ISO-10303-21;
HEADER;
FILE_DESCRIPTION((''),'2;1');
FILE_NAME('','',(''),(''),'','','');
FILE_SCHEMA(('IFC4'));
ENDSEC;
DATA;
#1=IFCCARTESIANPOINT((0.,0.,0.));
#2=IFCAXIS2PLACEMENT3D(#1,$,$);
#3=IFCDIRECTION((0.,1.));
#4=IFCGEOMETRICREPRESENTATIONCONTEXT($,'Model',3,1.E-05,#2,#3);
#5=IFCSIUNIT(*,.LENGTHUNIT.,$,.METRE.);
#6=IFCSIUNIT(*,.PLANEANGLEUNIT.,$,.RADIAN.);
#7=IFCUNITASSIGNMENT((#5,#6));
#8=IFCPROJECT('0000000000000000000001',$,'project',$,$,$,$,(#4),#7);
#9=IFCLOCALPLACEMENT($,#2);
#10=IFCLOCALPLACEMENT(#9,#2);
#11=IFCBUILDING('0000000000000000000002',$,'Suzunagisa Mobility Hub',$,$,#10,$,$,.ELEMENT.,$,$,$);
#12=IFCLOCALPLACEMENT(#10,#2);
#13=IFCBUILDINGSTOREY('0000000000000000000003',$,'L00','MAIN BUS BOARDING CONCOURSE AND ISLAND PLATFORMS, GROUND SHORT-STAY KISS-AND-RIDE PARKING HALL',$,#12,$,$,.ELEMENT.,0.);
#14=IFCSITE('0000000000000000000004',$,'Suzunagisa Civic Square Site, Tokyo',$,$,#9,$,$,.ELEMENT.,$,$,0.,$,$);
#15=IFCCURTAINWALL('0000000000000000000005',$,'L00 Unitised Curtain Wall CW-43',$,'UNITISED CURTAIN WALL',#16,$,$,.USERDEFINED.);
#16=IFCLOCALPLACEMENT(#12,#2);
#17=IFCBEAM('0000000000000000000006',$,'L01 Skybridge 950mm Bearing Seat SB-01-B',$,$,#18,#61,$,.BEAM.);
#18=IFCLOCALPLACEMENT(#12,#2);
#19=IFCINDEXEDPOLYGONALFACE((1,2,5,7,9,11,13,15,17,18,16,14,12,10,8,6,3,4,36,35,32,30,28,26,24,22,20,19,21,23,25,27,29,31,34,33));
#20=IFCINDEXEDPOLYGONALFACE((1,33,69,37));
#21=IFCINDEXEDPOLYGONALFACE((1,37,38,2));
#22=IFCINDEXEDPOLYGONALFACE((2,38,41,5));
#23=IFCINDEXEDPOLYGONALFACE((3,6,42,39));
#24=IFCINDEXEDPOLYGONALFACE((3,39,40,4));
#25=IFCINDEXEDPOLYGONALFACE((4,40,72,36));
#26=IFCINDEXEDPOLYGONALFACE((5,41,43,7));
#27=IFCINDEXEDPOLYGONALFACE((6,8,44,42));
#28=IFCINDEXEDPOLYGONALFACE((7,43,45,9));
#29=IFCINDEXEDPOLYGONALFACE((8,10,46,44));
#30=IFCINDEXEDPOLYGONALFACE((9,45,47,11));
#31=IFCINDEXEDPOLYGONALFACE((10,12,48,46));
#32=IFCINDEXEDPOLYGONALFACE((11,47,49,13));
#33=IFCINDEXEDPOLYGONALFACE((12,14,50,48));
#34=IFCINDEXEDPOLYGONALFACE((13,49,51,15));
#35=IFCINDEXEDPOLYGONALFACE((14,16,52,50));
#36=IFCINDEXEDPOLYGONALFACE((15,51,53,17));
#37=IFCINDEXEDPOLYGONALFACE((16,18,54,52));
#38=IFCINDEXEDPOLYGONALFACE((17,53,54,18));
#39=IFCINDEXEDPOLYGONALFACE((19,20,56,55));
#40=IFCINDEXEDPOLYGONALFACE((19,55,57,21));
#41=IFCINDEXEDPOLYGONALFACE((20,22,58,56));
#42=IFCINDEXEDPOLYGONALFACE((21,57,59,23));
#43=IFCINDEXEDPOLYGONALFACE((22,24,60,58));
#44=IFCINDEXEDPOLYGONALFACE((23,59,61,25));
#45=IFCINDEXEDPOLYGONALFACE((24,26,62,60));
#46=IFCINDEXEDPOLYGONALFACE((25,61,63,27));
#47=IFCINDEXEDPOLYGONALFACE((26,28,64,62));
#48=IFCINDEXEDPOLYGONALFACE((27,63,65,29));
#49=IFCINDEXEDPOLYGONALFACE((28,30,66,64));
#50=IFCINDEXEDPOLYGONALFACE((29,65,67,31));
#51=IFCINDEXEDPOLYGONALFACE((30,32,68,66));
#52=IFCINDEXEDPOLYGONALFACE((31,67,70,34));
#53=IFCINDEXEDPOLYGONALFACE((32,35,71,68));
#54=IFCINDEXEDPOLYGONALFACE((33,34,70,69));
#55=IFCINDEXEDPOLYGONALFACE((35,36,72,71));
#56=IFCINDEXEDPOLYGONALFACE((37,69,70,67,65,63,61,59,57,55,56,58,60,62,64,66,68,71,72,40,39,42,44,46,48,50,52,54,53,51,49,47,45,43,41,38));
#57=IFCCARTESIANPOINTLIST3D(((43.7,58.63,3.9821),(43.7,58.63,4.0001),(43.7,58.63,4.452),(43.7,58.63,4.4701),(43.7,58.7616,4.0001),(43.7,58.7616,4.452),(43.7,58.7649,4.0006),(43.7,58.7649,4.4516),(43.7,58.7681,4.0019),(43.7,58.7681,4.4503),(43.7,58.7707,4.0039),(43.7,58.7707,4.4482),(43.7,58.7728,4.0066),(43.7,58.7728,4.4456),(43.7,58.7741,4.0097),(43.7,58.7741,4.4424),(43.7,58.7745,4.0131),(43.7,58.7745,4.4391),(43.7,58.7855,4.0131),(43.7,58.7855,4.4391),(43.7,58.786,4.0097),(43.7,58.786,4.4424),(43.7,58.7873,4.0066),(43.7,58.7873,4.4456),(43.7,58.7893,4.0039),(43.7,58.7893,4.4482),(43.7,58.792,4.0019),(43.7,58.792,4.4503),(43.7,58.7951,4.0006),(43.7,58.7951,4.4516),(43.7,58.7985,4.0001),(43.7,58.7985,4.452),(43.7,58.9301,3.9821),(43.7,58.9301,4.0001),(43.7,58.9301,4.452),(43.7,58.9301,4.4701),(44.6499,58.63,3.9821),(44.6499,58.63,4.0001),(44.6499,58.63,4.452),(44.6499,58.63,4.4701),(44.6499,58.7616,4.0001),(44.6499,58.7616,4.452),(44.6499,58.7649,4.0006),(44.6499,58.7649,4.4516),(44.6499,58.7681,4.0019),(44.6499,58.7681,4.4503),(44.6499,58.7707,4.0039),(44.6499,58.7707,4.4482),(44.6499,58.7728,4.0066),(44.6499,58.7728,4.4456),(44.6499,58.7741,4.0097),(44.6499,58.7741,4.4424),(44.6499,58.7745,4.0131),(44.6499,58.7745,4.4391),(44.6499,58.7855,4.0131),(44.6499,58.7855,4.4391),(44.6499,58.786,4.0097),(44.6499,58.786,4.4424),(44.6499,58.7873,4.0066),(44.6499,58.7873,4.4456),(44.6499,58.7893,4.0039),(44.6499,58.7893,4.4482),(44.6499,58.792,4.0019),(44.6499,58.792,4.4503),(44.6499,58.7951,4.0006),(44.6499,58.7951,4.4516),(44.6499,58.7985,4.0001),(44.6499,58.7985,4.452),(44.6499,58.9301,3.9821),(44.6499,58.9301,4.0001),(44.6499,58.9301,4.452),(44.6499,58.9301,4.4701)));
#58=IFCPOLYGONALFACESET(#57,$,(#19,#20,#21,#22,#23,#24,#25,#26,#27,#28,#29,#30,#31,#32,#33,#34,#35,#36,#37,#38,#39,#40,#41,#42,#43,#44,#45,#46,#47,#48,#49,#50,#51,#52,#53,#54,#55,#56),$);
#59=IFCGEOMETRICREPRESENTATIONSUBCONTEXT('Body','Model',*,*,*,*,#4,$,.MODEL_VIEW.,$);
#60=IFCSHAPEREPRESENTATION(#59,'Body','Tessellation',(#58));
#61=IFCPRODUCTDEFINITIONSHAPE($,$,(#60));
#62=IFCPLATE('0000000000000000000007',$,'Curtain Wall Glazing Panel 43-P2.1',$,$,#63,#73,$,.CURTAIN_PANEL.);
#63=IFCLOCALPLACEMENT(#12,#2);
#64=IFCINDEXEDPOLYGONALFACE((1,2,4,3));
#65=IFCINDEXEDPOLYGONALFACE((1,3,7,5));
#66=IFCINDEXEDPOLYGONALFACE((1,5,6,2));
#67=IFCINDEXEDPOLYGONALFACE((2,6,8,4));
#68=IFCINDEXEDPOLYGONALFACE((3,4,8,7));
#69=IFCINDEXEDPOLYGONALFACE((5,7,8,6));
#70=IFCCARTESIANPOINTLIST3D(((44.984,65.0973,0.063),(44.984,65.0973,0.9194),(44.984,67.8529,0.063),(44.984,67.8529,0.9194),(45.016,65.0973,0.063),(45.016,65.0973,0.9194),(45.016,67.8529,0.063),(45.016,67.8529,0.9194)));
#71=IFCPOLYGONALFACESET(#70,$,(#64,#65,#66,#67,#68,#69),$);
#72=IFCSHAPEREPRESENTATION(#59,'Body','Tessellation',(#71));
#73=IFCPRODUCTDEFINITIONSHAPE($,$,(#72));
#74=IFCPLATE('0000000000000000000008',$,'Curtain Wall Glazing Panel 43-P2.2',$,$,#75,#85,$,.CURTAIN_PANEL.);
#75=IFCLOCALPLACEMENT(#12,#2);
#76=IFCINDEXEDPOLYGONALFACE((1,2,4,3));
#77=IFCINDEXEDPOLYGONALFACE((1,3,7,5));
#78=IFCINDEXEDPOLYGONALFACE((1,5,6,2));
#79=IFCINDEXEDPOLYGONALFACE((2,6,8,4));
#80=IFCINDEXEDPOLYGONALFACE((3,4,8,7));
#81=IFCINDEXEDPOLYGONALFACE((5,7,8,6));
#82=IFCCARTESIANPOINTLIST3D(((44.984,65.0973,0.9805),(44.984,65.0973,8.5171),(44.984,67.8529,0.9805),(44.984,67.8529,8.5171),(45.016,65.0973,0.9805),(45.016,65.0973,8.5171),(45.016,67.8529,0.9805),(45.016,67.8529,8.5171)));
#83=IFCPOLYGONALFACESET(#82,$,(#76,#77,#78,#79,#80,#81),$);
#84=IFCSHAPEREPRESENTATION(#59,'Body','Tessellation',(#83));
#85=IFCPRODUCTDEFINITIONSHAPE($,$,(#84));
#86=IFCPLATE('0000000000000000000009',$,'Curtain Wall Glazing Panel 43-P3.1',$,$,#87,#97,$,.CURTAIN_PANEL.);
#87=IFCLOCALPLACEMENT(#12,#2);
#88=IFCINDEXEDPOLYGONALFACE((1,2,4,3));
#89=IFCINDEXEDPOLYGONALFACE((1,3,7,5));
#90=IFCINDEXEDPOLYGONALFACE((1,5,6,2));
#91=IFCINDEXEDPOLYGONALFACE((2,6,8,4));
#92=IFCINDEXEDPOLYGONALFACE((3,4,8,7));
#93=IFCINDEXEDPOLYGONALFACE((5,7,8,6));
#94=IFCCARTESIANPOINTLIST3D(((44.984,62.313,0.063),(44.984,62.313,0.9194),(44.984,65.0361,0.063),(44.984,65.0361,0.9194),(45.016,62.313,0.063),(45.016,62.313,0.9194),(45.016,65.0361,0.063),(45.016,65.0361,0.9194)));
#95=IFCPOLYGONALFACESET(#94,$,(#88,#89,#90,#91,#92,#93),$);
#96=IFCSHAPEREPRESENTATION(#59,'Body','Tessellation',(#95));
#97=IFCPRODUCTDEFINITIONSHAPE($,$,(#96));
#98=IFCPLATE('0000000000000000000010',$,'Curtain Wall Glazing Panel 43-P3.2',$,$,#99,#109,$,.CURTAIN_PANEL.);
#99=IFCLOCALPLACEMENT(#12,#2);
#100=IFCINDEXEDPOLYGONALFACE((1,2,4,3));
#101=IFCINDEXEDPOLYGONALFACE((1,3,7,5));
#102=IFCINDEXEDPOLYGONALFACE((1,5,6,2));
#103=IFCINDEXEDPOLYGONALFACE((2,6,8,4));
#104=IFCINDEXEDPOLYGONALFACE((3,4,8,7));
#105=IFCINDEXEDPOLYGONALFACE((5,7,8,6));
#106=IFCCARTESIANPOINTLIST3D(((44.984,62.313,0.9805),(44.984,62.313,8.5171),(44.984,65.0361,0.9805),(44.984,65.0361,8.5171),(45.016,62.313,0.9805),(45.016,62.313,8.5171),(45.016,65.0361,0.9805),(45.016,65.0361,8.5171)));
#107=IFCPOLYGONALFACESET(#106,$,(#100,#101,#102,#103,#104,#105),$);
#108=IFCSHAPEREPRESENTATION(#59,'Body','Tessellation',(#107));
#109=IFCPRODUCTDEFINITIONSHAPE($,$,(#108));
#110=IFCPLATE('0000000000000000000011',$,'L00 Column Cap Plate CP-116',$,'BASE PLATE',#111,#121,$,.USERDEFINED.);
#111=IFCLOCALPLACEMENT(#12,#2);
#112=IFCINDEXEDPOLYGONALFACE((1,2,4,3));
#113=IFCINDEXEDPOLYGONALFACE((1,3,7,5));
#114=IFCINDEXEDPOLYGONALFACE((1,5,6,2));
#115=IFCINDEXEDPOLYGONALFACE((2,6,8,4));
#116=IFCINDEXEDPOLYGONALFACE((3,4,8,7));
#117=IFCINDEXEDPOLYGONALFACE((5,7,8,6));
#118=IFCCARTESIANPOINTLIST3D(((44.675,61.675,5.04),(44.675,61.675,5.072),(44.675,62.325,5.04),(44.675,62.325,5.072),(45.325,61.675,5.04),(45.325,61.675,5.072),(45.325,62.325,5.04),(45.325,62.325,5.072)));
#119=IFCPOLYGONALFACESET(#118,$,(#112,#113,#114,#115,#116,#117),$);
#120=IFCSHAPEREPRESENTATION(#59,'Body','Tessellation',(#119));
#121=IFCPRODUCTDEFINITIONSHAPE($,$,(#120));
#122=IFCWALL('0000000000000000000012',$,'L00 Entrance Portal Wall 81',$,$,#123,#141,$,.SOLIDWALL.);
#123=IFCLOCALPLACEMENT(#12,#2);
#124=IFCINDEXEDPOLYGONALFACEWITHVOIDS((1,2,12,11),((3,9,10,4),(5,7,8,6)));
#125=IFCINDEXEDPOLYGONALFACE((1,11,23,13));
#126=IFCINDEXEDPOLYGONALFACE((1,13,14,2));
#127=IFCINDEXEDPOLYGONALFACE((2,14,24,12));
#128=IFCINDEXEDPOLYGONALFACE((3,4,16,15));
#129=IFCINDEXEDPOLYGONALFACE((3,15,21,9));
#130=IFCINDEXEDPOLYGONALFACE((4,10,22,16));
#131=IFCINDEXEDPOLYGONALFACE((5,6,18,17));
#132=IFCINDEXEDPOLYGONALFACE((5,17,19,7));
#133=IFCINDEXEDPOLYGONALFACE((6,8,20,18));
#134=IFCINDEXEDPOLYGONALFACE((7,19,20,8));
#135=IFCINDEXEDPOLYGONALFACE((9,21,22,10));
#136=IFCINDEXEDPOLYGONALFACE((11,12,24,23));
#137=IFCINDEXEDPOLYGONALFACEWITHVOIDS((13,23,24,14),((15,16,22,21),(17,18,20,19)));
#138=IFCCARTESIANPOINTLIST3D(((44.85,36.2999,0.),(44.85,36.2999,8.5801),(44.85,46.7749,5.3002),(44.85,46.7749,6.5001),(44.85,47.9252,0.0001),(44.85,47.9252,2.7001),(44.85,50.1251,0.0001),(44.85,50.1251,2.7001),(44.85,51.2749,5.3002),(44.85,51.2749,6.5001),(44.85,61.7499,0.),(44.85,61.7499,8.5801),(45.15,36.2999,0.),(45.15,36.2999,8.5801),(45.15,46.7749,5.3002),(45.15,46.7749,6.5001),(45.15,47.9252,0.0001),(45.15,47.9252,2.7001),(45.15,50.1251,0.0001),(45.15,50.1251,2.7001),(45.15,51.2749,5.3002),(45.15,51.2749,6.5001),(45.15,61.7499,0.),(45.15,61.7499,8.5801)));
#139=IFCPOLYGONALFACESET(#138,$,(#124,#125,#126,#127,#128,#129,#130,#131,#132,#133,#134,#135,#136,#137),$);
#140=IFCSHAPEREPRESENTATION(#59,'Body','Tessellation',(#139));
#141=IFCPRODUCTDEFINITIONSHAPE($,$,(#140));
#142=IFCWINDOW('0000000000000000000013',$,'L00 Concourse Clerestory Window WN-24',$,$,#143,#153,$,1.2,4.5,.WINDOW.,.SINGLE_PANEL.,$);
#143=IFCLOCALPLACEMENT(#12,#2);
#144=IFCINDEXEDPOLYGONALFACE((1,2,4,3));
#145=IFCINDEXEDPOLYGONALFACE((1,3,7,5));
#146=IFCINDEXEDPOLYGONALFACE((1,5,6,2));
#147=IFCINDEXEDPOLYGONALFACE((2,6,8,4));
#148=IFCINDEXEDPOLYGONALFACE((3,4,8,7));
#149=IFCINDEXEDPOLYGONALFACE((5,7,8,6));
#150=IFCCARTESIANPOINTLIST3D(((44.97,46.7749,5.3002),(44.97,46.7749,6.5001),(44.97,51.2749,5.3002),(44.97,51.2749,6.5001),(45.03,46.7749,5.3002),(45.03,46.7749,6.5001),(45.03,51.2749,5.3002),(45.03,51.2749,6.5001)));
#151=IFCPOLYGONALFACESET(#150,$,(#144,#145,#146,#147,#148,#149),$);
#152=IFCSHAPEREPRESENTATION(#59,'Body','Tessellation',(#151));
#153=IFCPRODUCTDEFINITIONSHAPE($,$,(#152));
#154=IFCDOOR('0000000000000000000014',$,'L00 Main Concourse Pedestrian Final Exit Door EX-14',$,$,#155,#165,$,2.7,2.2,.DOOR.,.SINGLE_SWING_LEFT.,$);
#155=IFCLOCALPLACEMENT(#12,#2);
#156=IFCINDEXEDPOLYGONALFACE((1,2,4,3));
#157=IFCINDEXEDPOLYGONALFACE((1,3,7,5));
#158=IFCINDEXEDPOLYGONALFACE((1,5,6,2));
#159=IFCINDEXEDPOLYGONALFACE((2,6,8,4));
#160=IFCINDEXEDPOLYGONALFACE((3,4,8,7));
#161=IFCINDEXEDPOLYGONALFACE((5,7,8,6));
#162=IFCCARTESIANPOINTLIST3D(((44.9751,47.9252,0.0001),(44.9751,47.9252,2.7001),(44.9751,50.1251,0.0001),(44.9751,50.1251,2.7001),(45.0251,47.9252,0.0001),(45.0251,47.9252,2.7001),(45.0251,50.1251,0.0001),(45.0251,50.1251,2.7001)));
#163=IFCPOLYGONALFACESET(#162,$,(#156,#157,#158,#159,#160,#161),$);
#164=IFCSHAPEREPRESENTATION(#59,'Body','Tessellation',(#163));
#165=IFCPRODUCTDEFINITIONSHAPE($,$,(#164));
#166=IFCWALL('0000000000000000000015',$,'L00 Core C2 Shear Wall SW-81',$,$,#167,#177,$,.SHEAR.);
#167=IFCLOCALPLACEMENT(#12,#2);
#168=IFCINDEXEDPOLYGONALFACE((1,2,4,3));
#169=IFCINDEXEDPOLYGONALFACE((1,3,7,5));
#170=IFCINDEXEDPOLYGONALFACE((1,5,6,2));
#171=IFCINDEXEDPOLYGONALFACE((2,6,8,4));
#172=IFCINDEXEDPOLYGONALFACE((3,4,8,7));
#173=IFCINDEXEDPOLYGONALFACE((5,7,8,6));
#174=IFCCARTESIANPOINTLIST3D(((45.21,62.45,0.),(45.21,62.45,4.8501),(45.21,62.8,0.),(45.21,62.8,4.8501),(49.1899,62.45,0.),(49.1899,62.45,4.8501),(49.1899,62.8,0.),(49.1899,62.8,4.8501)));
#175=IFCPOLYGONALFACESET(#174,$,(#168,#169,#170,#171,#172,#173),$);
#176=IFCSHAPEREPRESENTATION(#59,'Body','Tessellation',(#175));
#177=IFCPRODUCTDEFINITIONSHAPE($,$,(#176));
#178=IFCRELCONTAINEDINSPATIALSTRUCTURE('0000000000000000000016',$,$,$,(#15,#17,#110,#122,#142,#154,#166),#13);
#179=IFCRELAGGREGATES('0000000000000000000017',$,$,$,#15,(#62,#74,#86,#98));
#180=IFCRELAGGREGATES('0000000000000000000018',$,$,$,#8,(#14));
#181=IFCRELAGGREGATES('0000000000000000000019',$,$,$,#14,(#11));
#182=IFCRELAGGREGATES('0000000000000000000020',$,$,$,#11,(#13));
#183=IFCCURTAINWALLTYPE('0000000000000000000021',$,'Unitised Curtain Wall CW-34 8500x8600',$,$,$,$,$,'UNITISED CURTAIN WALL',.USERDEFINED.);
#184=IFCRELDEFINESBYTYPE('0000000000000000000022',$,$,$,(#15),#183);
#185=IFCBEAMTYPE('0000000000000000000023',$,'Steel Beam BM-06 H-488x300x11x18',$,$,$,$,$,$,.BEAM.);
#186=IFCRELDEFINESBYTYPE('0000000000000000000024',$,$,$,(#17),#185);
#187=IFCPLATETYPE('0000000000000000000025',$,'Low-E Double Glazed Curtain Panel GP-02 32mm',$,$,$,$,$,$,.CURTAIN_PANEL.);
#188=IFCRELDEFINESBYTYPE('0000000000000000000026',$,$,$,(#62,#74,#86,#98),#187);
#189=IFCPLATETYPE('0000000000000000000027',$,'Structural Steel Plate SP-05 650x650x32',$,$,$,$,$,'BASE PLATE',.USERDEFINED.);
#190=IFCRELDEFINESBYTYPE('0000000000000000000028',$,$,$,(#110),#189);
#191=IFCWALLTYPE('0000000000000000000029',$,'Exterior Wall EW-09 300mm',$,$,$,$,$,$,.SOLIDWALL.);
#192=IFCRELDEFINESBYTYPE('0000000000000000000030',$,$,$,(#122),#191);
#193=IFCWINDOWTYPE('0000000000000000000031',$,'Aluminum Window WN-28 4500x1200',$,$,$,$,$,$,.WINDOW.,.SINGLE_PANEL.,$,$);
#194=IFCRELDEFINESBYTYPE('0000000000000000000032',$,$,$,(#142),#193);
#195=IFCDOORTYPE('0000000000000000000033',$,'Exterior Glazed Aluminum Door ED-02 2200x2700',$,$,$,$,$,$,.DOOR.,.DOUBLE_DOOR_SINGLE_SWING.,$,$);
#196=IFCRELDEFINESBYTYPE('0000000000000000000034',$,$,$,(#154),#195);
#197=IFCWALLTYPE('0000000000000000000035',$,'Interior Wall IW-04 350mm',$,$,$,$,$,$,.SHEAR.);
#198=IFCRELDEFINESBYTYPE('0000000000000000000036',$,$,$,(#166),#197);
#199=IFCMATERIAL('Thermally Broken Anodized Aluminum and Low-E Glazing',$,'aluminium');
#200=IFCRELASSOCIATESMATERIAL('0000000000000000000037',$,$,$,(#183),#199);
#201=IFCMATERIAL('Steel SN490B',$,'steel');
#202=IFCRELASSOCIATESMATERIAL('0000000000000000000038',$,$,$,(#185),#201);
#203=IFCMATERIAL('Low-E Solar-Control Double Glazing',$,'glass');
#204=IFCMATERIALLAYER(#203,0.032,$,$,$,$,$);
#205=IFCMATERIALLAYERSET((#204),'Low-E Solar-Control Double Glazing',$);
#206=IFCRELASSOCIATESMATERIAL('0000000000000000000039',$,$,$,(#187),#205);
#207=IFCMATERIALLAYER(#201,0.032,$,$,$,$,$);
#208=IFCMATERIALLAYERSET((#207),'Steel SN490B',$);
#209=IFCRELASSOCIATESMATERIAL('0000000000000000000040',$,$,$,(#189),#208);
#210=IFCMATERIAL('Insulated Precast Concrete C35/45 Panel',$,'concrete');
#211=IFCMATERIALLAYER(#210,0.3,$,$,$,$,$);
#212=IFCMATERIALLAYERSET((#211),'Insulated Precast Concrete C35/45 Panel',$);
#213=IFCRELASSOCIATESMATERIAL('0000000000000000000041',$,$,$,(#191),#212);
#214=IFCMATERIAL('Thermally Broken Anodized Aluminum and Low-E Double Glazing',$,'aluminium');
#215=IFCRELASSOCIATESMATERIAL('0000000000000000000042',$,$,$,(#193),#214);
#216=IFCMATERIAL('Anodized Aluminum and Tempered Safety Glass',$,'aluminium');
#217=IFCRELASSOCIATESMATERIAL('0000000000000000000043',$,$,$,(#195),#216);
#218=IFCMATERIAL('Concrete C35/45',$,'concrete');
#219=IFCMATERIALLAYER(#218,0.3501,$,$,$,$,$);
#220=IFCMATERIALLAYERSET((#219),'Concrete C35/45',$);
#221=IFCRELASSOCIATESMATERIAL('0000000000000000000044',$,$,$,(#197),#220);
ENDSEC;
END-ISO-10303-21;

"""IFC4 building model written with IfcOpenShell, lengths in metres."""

from ifc_helpers import new_model, si_unit, direction, frame, frame_2d, origin, origin_2d, place, context, subcontext, project, spatial, rectangle, i_section, extrude, material, layer, layer_set, material_profile, profile_set, type_object, element, fill, aggregate, save


model = new_model("IFC4")

# Units and contexts
model_context = context("Model", 3, precision=1e-05, world=origin(), true_north=direction((0.0, 1.0)))
body_context = subcontext(model_context, "Body", "Model", "MODEL_VIEW")
ifc_project = project(units=[si_unit("LENGTHUNIT", "METRE"), si_unit("PLANEANGLEUNIT", "RADIAN")], contexts=[model_context])

# Site, building, storey
site_placement = place(None, origin())
site = spatial("IfcSite", under=ifc_project, at=site_placement, Name="Suzunagisa Civic Square Site, Tokyo", CompositionType="ELEMENT", RefElevation=0.0)
building_placement = place(site_placement, origin())
building = spatial("IfcBuilding", under=site, at=building_placement, Name="Suzunagisa Mobility Hub", CompositionType="ELEMENT")
storey_placement = place(building_placement, origin())
storey = spatial("IfcBuildingStorey", under=building, at=storey_placement, Name="L00", Description="MAIN BUS BOARDING CONCOURSE AND ISLAND PLATFORMS, GROUND SHORT-STAY KISS-AND-RIDE PARKING HALL", CompositionType="ELEMENT", Elevation=0.0)

# Shared definitions
ifc_material_1 = material(Name="Steel SN490B", Category="steel")

# Curtain wall
ifc_material_2 = material(Name="Thermally Broken Anodized Aluminum and Low-E Glazing", Category="aluminium")
curtain_wall_type = type_object("IfcCurtainWallType", Name="Unitised Curtain Wall CW-34 8500x8600", ElementType="UNITISED CURTAIN WALL", PredefinedType="USERDEFINED", material=ifc_material_2)
curtain_wall_placement = place(storey_placement, origin())
curtain_wall = element("IfcCurtainWall", 1, at=curtain_wall_placement, inside=storey, type_object=curtain_wall_type, Name="L00 Unitised Curtain Wall CW-43", ObjectType="UNITISED CURTAIN WALL", PredefinedType="USERDEFINED")

# Beam
ifc_material_profile_1 = material_profile(ifc_material_1, i_section(OverallWidth=0.3, OverallDepth=0.488, WebThickness=0.011, FlangeThickness=0.0181, FilletRadius=0.0129, at=origin_2d()), Name="H-488x300x11x18")
ifc_profile_set_1 = profile_set([ifc_material_profile_1], Name="Steel SN490B")
beam_type = type_object("IfcBeamType", Name="Steel Beam BM-06 H-488x300x11x18", PredefinedType="BEAM", material=ifc_profile_set_1)
beam_placement = place(storey_placement, frame((43.7, 58.78, 4.2261), z_axis=(1.0, 0.0, 0.0), x_axis=(0.0, 1.0, 0.0)))
element("IfcBeam", 2, at=beam_placement, inside=storey, type_object=beam_type, Name="L01 Skybridge 950mm Bearing Seat SB-01-B", PredefinedType="BEAM", context=body_context, shape_type="SweptSolid", body=[
    extrude(i_section(OverallWidth=0.3, OverallDepth=0.488, WebThickness=0.011, FlangeThickness=0.0181, FilletRadius=0.0129, at=origin_2d()), origin(), (0.0, 0.0, 1.0), 0.95),
])

# Plates
ifc_material_3 = material(Name="Low-E Solar-Control Double Glazing", Category="glass")
ifc_layer_1 = layer(ifc_material_3, 0.032)
ifc_layer_set_1 = layer_set([ifc_layer_1], Name="Low-E Solar-Control Double Glazing")
plate_type_1 = type_object("IfcPlateType", Name="Low-E Double Glazed Curtain Panel GP-02 32mm", PredefinedType="CURTAIN_PANEL", material=ifc_layer_set_1)
plate_1_placement = place(storey_placement, frame((45.0, 66.4751, 0.063), z_axis=(0.0, 0.0, 1.0), x_axis=(0.0, -1.0, 0.0)))
plate_1 = element("IfcPlate", 3, at=plate_1_placement, type_object=plate_type_1, Name="Curtain Wall Glazing Panel 43-P2.1", PredefinedType="CURTAIN_PANEL", context=body_context, shape_type="SweptSolid", body=[
    extrude(rectangle(XDim=2.7556, YDim=0.032, at=origin_2d()), origin(), (0.0, 0.0, 1.0), 0.8564),
])
plate_2_placement = place(storey_placement, frame((45.0, 66.4751, 0.9805), z_axis=(0.0, 0.0, 1.0), x_axis=(0.0, -1.0, 0.0)))
plate_2 = element("IfcPlate", 4, at=plate_2_placement, type_object=plate_type_1, Name="Curtain Wall Glazing Panel 43-P2.2", PredefinedType="CURTAIN_PANEL", context=body_context, shape_type="SweptSolid", body=[
    extrude(rectangle(XDim=2.7556, YDim=0.032, at=origin_2d()), origin(), (0.0, 0.0, 1.0), 7.5366),
])
plate_3_placement = place(storey_placement, frame((45.0, 63.6746, 0.063), z_axis=(0.0, 0.0, 1.0), x_axis=(0.0, -1.0, 0.0)))
plate_3 = element("IfcPlate", 5, at=plate_3_placement, type_object=plate_type_1, Name="Curtain Wall Glazing Panel 43-P3.1", PredefinedType="CURTAIN_PANEL", context=body_context, shape_type="SweptSolid", body=[
    extrude(rectangle(XDim=2.7231, YDim=0.032, at=origin_2d()), origin(), (0.0, 0.0, 1.0), 0.8564),
])
plate_4_placement = place(storey_placement, frame((45.0, 63.6746, 0.9805), z_axis=(0.0, 0.0, 1.0), x_axis=(0.0, -1.0, 0.0)))
plate_4 = element("IfcPlate", 6, at=plate_4_placement, type_object=plate_type_1, Name="Curtain Wall Glazing Panel 43-P3.2", PredefinedType="CURTAIN_PANEL", context=body_context, shape_type="SweptSolid", body=[
    extrude(rectangle(XDim=2.7231, YDim=0.032, at=origin_2d()), origin(), (0.0, 0.0, 1.0), 7.5366),
])
aggregate(curtain_wall, [plate_1, plate_2, plate_3, plate_4])
ifc_layer_2 = layer(ifc_material_1, 0.032)
ifc_layer_set_2 = layer_set([ifc_layer_2], Name="Steel SN490B")
plate_type_2 = type_object("IfcPlateType", Name="Structural Steel Plate SP-05 650x650x32", ElementType="BASE PLATE", PredefinedType="USERDEFINED", material=ifc_layer_set_2)
plate_5_placement = place(storey_placement, frame((45.0, 62.0, 5.04), z_axis=(0.0, 0.0, 1.0), x_axis=(1.0, 0.0, 0.0)))
element("IfcPlate", 7, at=plate_5_placement, inside=storey, type_object=plate_type_2, Name="L00 Column Cap Plate CP-116", ObjectType="BASE PLATE", PredefinedType="USERDEFINED", context=body_context, shape_type="SweptSolid", body=[
    extrude(rectangle(XDim=0.6499, YDim=0.6499, at=origin_2d()), origin(), (0.0, 0.0, 1.0), 0.032),
])

# Wall, openings, window, door
ifc_material_4 = material(Name="Insulated Precast Concrete C35/45 Panel", Category="concrete")
ifc_layer_3 = layer(ifc_material_4, 0.3)
ifc_layer_set_3 = layer_set([ifc_layer_3], Name="Insulated Precast Concrete C35/45 Panel")
wall_type_1 = type_object("IfcWallType", Name="Exterior Wall EW-09 300mm", PredefinedType="SOLIDWALL", material=ifc_layer_set_3)
wall_1_placement = place(storey_placement, frame((45.0, 61.75, 0.0), z_axis=(0.0, 0.0, 1.0), x_axis=(0.0, -1.0, 0.0)))
wall_1 = element("IfcWall", 8, at=wall_1_placement, inside=storey, type_object=wall_type_1, Name="L00 Entrance Portal Wall 81", PredefinedType="SOLIDWALL", context=body_context, shape_type="SweptSolid", body=[
    extrude(rectangle(XDim=25.45, YDim=0.3, at=frame_2d((12.7251, 0.0))), origin(), (0.0, 0.0, 1.0), 8.5801),
])
opening_1_placement = place(wall_1_placement, frame((13.825, 0.0, 0.0), z_axis=(0.0, 0.0, 1.0), x_axis=(-1.0, 0.0, 0.0)))
opening_1 = element("IfcOpeningElement", 9, at=opening_1_placement, cuts=wall_1, PredefinedType="OPENING", context=body_context, shape_type="SweptSolid", body=[
    extrude(rectangle(XDim=2.2, YDim=2.7, at=frame_2d((1.1001, 1.3501))), frame((0.0, 0.1611, 0.0), z_axis=(0.0, -1.0, 0.0), x_axis=(1.0, 0.0, 0.0)), (0.0, 0.0, 1.0), 0.322),
])
opening_2_placement = place(wall_1_placement, frame((10.4751, 0.0, 5.3)))
opening_2 = element("IfcOpeningElement", 10, at=opening_2_placement, cuts=wall_1, PredefinedType="OPENING", context=body_context, shape_type="SweptSolid", body=[
    extrude(rectangle(XDim=4.5, YDim=1.2, at=frame_2d((2.25, 0.6001))), frame((0.0, 0.1611, 0.0), z_axis=(0.0, -1.0, 0.0), x_axis=(1.0, 0.0, 0.0)), (0.0, 0.0, 1.0), 0.322),
])
ifc_material_5 = material(Name="Thermally Broken Anodized Aluminum and Low-E Double Glazing", Category="aluminium")
window_type = type_object("IfcWindowType", Name="Aluminum Window WN-28 4500x1200", PartitioningType="SINGLE_PANEL", PredefinedType="WINDOW", material=ifc_material_5)
window_placement = place(opening_2_placement, origin())
window = element("IfcWindow", 11, at=window_placement, inside=storey, type_object=window_type, Name="L00 Concourse Clerestory Window WN-24", OverallHeight=1.2, OverallWidth=4.5, PartitioningType="SINGLE_PANEL", PredefinedType="WINDOW", context=body_context, shape_type="SweptSolid", body=[
    extrude(rectangle(XDim=4.5, YDim=1.2, at=frame_2d((2.25, 0.6001))), frame((0.0, 0.03, 0.0), z_axis=(0.0, -1.0, 0.0), x_axis=(1.0, 0.0, 0.0)), (0.0, 0.0, 1.0), 0.0601),
])
fill(opening_2, window)
ifc_material_6 = material(Name="Anodized Aluminum and Tempered Safety Glass", Category="aluminium")
door_type = type_object("IfcDoorType", Name="Exterior Glazed Aluminum Door ED-02 2200x2700", OperationType="DOUBLE_DOOR_SINGLE_SWING", PredefinedType="DOOR", material=ifc_material_6)
door_placement = place(opening_1_placement, origin())
door = element("IfcDoor", 12, at=door_placement, inside=storey, type_object=door_type, Name="L00 Main Concourse Pedestrian Final Exit Door EX-14", OperationType="SINGLE_SWING_LEFT", OverallHeight=2.7, OverallWidth=2.2, PredefinedType="DOOR", context=body_context, shape_type="SweptSolid", body=[
    extrude(rectangle(XDim=2.2, YDim=2.7, at=frame_2d((1.1001, 1.3501))), frame((0.0, 0.0249, 0.0), z_axis=(0.0, -1.0, 0.0), x_axis=(1.0, 0.0, 0.0)), (0.0, 0.0, 1.0), 0.05),
])
fill(opening_1, door)

# Wall
ifc_material_7 = material(Name="Concrete C35/45", Category="concrete")
ifc_layer_4 = layer(ifc_material_7, 0.3501)
ifc_layer_set_4 = layer_set([ifc_layer_4], Name="Concrete C35/45")
wall_type_2 = type_object("IfcWallType", Name="Interior Wall IW-04 350mm", PredefinedType="SHEAR", material=ifc_layer_set_4)
wall_2_placement = place(storey_placement, frame((45.21, 62.625, 0.0), z_axis=(0.0, 0.0, 1.0), x_axis=(1.0, 0.0, 0.0)))
element("IfcWall", 13, at=wall_2_placement, inside=storey, type_object=wall_type_2, Name="L00 Core C2 Shear Wall SW-81", PredefinedType="SHEAR", context=body_context, shape_type="SweptSolid", body=[
    extrude(rectangle(XDim=3.98, YDim=0.3501, at=frame_2d((1.99, 0.0))), origin(), (0.0, 0.0, 1.0), 4.8501),
])

save(model, "model.ifc")
